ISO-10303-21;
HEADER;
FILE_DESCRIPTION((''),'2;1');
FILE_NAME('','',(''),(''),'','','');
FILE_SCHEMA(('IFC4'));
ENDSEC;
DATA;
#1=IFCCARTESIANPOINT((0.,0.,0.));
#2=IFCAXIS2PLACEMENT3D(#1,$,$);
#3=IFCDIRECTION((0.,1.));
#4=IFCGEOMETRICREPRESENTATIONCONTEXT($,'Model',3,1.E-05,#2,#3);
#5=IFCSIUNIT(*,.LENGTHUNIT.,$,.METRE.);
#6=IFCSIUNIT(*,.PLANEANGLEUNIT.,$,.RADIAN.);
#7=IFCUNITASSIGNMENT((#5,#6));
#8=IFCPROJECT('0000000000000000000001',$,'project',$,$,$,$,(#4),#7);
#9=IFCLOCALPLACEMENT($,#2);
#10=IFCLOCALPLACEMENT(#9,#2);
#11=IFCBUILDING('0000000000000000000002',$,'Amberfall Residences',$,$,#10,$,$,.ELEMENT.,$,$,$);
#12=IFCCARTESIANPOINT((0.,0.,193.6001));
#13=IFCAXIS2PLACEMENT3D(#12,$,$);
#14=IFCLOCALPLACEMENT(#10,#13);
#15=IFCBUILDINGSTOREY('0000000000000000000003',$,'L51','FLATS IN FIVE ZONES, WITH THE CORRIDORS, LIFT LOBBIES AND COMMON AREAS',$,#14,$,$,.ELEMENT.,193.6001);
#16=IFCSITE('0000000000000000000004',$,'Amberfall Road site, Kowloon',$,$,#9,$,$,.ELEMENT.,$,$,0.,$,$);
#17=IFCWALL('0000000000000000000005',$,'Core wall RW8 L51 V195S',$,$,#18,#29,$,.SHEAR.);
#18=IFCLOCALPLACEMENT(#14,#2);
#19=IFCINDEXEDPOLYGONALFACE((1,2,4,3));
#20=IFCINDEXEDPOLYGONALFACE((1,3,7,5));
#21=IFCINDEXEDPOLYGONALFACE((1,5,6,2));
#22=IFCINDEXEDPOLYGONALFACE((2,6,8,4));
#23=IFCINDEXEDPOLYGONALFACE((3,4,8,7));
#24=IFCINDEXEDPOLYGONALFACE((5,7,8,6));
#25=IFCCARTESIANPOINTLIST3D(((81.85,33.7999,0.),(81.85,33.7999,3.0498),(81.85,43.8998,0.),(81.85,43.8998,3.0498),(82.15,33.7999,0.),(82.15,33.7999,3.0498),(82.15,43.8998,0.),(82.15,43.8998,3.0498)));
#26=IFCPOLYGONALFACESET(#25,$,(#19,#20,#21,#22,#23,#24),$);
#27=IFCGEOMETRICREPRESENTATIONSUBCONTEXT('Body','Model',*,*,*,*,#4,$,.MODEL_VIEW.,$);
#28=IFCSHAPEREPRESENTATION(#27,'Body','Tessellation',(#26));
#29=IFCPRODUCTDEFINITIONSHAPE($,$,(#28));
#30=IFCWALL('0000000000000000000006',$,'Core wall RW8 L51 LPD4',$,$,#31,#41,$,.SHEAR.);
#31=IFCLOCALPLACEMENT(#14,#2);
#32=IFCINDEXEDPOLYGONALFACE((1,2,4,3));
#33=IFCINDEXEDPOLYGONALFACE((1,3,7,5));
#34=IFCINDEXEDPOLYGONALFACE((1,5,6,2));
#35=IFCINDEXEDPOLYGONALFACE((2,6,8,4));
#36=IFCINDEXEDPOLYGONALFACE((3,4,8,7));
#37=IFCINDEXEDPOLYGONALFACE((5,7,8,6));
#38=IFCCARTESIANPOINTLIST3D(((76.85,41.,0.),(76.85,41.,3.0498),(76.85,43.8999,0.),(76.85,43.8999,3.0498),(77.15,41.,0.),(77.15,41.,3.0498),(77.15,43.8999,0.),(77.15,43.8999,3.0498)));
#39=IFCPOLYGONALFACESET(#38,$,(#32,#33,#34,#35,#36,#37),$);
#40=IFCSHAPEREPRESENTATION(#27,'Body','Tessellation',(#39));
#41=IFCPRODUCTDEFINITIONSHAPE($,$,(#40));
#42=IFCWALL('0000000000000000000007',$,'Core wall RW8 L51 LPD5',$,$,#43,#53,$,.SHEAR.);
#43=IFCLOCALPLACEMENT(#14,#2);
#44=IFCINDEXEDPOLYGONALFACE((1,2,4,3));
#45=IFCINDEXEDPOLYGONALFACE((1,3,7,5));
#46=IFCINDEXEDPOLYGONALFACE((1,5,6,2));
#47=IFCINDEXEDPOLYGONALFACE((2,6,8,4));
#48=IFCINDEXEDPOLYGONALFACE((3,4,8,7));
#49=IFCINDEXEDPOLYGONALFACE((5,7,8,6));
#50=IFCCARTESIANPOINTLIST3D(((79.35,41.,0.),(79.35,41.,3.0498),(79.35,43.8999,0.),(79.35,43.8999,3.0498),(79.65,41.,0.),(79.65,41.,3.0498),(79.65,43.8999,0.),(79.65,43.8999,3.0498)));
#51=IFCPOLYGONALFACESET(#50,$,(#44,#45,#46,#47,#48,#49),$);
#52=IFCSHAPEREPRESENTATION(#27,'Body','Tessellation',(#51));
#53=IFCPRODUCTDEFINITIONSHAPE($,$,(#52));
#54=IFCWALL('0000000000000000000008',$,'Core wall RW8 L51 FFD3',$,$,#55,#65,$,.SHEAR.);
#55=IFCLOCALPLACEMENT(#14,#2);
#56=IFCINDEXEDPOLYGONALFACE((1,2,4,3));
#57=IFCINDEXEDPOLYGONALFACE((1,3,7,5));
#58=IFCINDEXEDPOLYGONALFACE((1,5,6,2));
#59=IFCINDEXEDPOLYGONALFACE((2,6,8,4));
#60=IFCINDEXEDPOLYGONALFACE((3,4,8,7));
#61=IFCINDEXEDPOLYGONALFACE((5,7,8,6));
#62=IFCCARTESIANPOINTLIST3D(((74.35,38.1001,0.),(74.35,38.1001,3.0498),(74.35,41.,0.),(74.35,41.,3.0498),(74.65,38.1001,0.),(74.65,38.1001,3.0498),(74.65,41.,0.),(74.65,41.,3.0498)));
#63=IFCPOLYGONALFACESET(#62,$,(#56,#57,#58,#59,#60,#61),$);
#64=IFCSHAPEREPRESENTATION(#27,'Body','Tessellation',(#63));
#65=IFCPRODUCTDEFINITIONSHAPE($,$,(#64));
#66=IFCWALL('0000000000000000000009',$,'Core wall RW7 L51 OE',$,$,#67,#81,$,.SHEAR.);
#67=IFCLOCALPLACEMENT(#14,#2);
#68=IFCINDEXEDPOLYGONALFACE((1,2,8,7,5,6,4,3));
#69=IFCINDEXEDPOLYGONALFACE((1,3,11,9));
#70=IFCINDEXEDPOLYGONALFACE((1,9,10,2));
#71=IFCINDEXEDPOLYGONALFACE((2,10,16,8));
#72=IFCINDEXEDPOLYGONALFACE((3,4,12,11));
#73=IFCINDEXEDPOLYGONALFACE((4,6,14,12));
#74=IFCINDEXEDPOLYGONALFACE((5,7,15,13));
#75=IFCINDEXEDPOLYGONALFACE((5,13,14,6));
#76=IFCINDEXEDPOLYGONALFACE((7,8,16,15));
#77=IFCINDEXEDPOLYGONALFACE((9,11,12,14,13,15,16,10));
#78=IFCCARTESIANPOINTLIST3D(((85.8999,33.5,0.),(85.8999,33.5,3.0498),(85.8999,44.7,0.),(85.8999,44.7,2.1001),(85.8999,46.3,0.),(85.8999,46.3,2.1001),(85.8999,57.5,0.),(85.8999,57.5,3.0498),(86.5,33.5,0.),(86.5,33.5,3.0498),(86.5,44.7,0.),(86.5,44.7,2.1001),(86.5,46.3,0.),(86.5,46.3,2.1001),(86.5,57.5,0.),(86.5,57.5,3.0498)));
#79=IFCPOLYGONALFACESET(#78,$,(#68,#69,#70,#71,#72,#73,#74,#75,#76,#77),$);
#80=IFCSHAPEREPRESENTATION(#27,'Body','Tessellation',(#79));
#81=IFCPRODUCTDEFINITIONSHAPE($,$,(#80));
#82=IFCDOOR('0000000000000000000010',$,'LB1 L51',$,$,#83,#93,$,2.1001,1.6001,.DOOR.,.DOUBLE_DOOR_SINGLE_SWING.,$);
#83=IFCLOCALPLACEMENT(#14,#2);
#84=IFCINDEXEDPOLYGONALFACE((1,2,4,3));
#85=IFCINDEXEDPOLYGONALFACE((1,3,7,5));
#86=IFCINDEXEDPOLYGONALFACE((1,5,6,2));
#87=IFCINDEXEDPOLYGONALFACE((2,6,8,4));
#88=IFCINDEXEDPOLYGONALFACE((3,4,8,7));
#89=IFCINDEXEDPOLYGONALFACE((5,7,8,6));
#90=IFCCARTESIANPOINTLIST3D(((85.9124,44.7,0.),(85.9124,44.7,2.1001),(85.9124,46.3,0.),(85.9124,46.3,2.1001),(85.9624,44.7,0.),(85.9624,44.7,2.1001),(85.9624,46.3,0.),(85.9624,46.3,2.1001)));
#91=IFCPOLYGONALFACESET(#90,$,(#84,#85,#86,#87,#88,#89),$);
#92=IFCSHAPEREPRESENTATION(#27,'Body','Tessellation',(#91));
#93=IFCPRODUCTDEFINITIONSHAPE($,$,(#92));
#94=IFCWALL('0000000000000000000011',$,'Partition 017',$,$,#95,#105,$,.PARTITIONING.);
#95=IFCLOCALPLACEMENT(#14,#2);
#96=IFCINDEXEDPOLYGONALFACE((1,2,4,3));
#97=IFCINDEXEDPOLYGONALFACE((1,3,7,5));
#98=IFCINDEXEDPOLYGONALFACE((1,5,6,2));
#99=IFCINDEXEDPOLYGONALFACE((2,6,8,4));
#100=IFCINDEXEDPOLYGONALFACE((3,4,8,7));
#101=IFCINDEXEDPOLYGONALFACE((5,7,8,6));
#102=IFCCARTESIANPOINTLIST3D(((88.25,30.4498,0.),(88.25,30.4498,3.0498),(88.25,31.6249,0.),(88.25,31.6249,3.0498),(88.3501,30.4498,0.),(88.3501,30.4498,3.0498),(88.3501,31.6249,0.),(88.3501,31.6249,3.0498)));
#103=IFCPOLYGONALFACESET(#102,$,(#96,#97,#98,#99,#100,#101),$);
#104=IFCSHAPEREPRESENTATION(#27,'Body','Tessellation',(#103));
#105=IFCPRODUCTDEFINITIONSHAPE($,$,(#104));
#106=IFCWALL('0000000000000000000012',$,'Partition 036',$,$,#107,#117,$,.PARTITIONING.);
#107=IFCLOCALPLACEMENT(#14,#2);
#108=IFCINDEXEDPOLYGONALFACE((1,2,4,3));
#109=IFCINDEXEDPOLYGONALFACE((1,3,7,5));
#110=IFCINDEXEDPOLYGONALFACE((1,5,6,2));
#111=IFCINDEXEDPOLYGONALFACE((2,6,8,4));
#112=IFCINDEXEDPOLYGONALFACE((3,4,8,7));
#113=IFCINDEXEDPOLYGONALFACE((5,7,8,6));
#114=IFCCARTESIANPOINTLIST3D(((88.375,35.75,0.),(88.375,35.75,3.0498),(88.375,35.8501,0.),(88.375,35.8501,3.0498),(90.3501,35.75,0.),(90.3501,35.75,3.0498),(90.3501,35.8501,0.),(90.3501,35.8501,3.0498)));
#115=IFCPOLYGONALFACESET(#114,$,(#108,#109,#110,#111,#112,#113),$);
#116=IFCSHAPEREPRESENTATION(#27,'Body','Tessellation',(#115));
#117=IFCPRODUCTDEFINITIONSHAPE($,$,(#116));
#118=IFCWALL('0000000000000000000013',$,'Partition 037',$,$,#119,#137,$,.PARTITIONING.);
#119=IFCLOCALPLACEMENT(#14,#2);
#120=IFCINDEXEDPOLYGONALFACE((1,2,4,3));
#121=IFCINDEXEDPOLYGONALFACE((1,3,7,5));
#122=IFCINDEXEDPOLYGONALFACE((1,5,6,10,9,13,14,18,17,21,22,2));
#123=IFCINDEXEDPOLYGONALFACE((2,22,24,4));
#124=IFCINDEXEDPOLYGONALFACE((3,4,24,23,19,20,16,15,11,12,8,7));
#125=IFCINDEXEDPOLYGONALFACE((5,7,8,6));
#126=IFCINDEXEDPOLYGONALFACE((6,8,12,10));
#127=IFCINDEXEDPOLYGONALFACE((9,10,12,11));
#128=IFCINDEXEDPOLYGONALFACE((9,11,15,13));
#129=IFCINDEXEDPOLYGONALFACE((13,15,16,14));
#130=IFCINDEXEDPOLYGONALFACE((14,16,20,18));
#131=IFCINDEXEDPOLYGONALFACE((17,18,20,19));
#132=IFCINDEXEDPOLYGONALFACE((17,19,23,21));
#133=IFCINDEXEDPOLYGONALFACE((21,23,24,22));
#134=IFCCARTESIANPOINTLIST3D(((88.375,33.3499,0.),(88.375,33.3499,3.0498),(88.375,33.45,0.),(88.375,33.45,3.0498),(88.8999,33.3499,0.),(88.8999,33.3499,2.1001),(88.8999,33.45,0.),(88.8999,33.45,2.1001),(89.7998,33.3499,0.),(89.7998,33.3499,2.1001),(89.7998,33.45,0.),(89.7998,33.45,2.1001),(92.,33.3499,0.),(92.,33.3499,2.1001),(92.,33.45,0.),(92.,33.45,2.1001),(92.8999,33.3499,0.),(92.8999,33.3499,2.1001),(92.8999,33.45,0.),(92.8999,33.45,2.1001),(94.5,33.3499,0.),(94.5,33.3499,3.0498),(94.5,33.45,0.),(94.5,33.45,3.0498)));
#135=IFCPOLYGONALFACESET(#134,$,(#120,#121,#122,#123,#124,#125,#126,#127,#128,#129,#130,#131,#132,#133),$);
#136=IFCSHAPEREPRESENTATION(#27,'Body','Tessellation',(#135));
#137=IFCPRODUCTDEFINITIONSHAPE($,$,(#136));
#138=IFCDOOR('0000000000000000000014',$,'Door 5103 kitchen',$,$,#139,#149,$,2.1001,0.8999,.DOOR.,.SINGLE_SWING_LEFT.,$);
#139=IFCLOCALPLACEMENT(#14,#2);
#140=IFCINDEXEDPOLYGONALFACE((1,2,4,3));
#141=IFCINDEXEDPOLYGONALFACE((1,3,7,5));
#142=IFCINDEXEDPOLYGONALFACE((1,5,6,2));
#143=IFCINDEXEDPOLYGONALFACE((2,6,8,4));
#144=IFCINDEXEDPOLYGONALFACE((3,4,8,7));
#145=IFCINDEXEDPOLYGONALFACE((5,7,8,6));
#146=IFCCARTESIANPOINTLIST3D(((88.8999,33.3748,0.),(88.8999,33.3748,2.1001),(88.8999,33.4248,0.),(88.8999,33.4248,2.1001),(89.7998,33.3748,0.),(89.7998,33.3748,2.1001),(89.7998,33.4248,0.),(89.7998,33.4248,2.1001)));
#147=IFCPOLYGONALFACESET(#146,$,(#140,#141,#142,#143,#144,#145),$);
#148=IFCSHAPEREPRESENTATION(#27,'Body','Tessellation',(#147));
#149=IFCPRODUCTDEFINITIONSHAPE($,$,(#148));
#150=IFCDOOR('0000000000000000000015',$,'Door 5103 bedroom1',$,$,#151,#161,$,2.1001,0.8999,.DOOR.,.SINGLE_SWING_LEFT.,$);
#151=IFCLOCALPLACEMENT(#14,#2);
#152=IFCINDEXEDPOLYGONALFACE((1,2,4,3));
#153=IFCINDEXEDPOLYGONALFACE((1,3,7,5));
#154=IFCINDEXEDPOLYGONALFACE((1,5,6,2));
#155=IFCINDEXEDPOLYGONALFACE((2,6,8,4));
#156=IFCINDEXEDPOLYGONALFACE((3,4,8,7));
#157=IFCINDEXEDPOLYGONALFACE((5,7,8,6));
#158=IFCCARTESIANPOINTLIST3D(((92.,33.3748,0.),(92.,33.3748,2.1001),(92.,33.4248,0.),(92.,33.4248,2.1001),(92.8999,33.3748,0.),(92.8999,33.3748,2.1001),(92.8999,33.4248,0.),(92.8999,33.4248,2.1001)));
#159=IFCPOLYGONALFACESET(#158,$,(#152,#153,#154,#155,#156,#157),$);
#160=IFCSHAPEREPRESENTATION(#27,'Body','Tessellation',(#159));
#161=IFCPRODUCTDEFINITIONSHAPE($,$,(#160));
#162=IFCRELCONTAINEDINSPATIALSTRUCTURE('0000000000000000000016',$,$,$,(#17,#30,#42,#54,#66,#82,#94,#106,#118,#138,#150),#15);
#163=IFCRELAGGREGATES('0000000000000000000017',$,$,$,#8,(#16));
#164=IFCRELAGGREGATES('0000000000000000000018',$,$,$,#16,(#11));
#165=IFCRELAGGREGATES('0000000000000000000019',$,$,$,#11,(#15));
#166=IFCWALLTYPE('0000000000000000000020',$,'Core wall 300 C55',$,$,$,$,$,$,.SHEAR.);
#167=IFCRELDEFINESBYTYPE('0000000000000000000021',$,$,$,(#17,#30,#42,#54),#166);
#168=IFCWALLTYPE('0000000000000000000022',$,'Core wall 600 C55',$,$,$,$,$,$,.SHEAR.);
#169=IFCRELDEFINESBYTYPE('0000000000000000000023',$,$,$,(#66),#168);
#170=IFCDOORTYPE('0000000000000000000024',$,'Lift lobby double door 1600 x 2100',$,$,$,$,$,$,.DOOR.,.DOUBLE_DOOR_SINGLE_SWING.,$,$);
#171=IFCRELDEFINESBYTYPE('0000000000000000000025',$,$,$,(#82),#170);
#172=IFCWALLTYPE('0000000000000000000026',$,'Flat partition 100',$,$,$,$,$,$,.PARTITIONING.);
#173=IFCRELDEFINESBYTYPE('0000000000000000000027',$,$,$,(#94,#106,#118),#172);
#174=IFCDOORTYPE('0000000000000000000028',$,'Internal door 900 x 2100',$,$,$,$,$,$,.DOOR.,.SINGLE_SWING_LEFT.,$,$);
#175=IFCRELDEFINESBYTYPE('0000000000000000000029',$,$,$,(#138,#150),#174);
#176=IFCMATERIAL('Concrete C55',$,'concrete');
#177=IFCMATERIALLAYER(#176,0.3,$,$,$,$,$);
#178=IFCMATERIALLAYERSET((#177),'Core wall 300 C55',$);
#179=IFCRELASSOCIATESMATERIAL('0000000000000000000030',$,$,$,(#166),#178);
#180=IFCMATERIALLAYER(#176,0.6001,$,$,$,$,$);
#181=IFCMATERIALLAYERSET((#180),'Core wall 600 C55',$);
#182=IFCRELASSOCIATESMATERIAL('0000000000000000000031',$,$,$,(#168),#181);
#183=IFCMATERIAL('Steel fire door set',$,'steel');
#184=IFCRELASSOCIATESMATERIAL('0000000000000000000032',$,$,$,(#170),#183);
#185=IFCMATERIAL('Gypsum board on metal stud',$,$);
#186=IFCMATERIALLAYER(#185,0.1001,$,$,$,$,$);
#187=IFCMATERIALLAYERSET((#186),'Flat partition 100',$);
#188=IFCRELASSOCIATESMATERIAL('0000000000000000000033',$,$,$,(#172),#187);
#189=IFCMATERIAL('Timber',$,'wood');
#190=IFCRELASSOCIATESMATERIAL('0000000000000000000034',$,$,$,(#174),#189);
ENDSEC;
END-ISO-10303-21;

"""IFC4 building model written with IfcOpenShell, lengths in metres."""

from ifc_helpers import new_model, si_unit, direction, frame, frame_2d, origin, place, context, subcontext, project, spatial, rectangle, extrude, material, layer, layer_set, type_object, element, fill, save


model = new_model("IFC4")

# Units and contexts
model_context = context("Model", 3, precision=1e-05, world=origin(), true_north=direction((0.0, 1.0)))
body_context = subcontext(model_context, "Body", "Model", "MODEL_VIEW")
ifc_project = project(units=[si_unit("LENGTHUNIT", "METRE"), si_unit("PLANEANGLEUNIT", "RADIAN")], contexts=[model_context])

# Site, building, storey
site_placement = place(None, origin())
site = spatial("IfcSite", under=ifc_project, at=site_placement, Name="Amberfall Road site, Kowloon", CompositionType="ELEMENT", RefElevation=0.0)
building_placement = place(site_placement, origin())
building = spatial("IfcBuilding", under=site, at=building_placement, Name="Amberfall Residences", CompositionType="ELEMENT")
storey_placement = place(building_placement, frame((0.0, 0.0, 193.6001)))
storey = spatial("IfcBuildingStorey", under=building, at=storey_placement, Name="L51", Description="FLATS IN FIVE ZONES, WITH THE CORRIDORS, LIFT LOBBIES AND COMMON AREAS", CompositionType="ELEMENT", Elevation=193.6001)

# Walls
ifc_material_1 = material(Name="Concrete C55", Category="concrete")
ifc_layer_1 = layer(ifc_material_1, 0.3)
ifc_layer_set_1 = layer_set([ifc_layer_1], Name="Core wall 300 C55")
wall_type_1 = type_object("IfcWallType", Name="Core wall 300 C55", PredefinedType="SHEAR", material=ifc_layer_set_1)
wall_1_placement = place(storey_placement, frame((82.0, 33.8, 0.0), z_axis=(0.0, 0.0, 1.0), x_axis=(0.0, 1.0, 0.0)))
element("IfcWall", 1, at=wall_1_placement, inside=storey, type_object=wall_type_1, Name="Core wall RW8 L51 V195S", PredefinedType="SHEAR", context=body_context, shape_type="SweptSolid", body=[
    extrude(rectangle(XDim=10.0999, YDim=0.3, at=frame_2d((5.0498, 0.0))), origin(), (0.0, 0.0, 1.0), 3.0498),
])
for number, where, z_axis, x_axis, name in (
    (2, (77.0, 41.0, 0.0), (0.0, 0.0, 1.0), (0.0, 1.0, 0.0), "Core wall RW8 L51 LPD4"),
    (3, (79.5, 41.0, 0.0), (0.0, 0.0, 1.0), (0.0, 1.0, 0.0), "Core wall RW8 L51 LPD5"),
    (4, (74.5, 38.1001, 0.0), (0.0, 0.0, 1.0), (0.0, 1.0, 0.0), "Core wall RW8 L51 FFD3"),
):
    element("IfcWall", number, at=place(storey_placement, frame(where, z_axis=z_axis, x_axis=x_axis)), inside=storey, type_object=wall_type_1, Name=name, PredefinedType="SHEAR", context=body_context, shape_type="SweptSolid", body=[
        extrude(rectangle(XDim=2.8999, YDim=0.3, at=frame_2d((1.45, 0.0))), origin(), (0.0, 0.0, 1.0), 3.0498),
    ])

# Wall, opening, door
ifc_layer_2 = layer(ifc_material_1, 0.6001)
ifc_layer_set_2 = layer_set([ifc_layer_2], Name="Core wall 600 C55")
wall_type_2 = type_object("IfcWallType", Name="Core wall 600 C55", PredefinedType="SHEAR", material=ifc_layer_set_2)
wall_2_placement = place(storey_placement, frame((86.2, 33.5, 0.0), z_axis=(0.0, 0.0, 1.0), x_axis=(0.0, 1.0, 0.0)))
wall_2 = element("IfcWall", 5, at=wall_2_placement, inside=storey, type_object=wall_type_2, Name="Core wall RW7 L51 OE", PredefinedType="SHEAR", context=body_context, shape_type="SweptSolid", body=[
    extrude(rectangle(XDim=24.0, YDim=0.6001, at=frame_2d((12.0, 0.0))), origin(), (0.0, 0.0, 1.0), 3.0498),
])
opening_1_placement = place(wall_2_placement, frame((11.2, 0.0, 0.0)))
opening_1 = element("IfcOpeningElement", 6, at=opening_1_placement, cuts=wall_2, PredefinedType="OPENING", context=body_context, shape_type="SweptSolid", body=[
    extrude(rectangle(XDim=1.6001, YDim=2.1001, at=frame_2d((0.8, 1.05))), frame((0.0, 0.3101, 0.0), z_axis=(0.0, -1.0, 0.0), x_axis=(1.0, 0.0, 0.0)), (0.0, 0.0, 1.0), 0.6201),
])
ifc_material_2 = material(Name="Steel fire door set", Category="steel")
door_type_1 = type_object("IfcDoorType", Name="Lift lobby double door 1600 x 2100", OperationType="DOUBLE_DOOR_SINGLE_SWING", PredefinedType="DOOR", material=ifc_material_2)
door_1_placement = place(opening_1_placement, origin())
door_1 = element("IfcDoor", 7, at=door_1_placement, inside=storey, type_object=door_type_1, Name="LB1 L51", OperationType="DOUBLE_DOOR_SINGLE_SWING", OverallHeight=2.1001, OverallWidth=1.6001, PredefinedType="DOOR", context=body_context, shape_type="SweptSolid", body=[
    extrude(rectangle(XDim=1.6001, YDim=2.1001, at=frame_2d((0.8, 1.05))), frame((0.0, 0.2876, 0.0), z_axis=(0.0, -1.0, 0.0), x_axis=(1.0, 0.0, 0.0)), (0.0, 0.0, 1.0), 0.05),
])
fill(opening_1, door_1)

# Walls
ifc_material_3 = material(Name="Gypsum board on metal stud")
ifc_layer_3 = layer(ifc_material_3, 0.1001)
ifc_layer_set_3 = layer_set([ifc_layer_3], Name="Flat partition 100")
wall_type_3 = type_object("IfcWallType", Name="Flat partition 100", PredefinedType="PARTITIONING", material=ifc_layer_set_3)
wall_3_placement = place(storey_placement, frame((88.3, 30.45, 0.0), z_axis=(0.0, 0.0, 1.0), x_axis=(0.0, 1.0, 0.0)))
element("IfcWall", 8, at=wall_3_placement, inside=storey, type_object=wall_type_3, Name="Partition 017", PredefinedType="PARTITIONING", context=body_context, shape_type="SweptSolid", body=[
    extrude(rectangle(XDim=1.175, YDim=0.1001, at=frame_2d((0.5874, 0.0))), origin(), (0.0, 0.0, 1.0), 3.0498),
])
wall_4_placement = place(storey_placement, frame((88.375, 35.8, 0.0), z_axis=(0.0, 0.0, 1.0), x_axis=(1.0, 0.0, 0.0)))
element("IfcWall", 9, at=wall_4_placement, inside=storey, type_object=wall_type_3, Name="Partition 036", PredefinedType="PARTITIONING", context=body_context, shape_type="SweptSolid", body=[
    extrude(rectangle(XDim=1.9751, YDim=0.1001, at=frame_2d((0.9875, 0.0))), origin(), (0.0, 0.0, 1.0), 3.0498),
])

# Wall, openings, doors
wall_5_placement = place(storey_placement, frame((88.375, 33.3999, 0.0), z_axis=(0.0, 0.0, 1.0), x_axis=(1.0, 0.0, 0.0)))
wall_5 = element("IfcWall", 10, at=wall_5_placement, inside=storey, type_object=wall_type_3, Name="Partition 037", PredefinedType="PARTITIONING", context=body_context, shape_type="SweptSolid", body=[
    extrude(rectangle(XDim=6.125, YDim=0.1001, at=frame_2d((3.0625, 0.0))), origin(), (0.0, 0.0, 1.0), 3.0498),
])
opening_2_placement = place(wall_5_placement, frame((0.5249, 0.0, 0.0)))
opening_2 = element("IfcOpeningElement", 11, at=opening_2_placement, cuts=wall_5, PredefinedType="OPENING", context=body_context, shape_type="SweptSolid", body=[
    extrude(rectangle(XDim=0.8999, YDim=2.1001, at=frame_2d((0.45, 1.05))), frame((0.0, 0.0601, 0.0), z_axis=(0.0, -1.0, 0.0), x_axis=(1.0, 0.0, 0.0)), (0.0, 0.0, 1.0), 0.1201),
])
opening_3_placement = place(wall_5_placement, frame((3.625, 0.0, 0.0)))
opening_3 = element("IfcOpeningElement", 12, at=opening_3_placement, cuts=wall_5, PredefinedType="OPENING", context=body_context, shape_type="SweptSolid", body=[
    extrude(rectangle(XDim=0.8999, YDim=2.1001, at=frame_2d((0.45, 1.05))), frame((0.0, 0.0601, 0.0), z_axis=(0.0, -1.0, 0.0), x_axis=(1.0, 0.0, 0.0)), (0.0, 0.0, 1.0), 0.1201),
])
ifc_material_4 = material(Name="Timber", Category="wood")
door_type_2 = type_object("IfcDoorType", Name="Internal door 900 x 2100", OperationType="SINGLE_SWING_LEFT", PredefinedType="DOOR", material=ifc_material_4)
door_2_placement = place(opening_2_placement, origin())
door_2 = element("IfcDoor", 13, at=door_2_placement, inside=storey, type_object=door_type_2, Name="Door 5103 kitchen", OperationType="SINGLE_SWING_LEFT", OverallHeight=2.1001, OverallWidth=0.8999, PredefinedType="DOOR", context=body_context, shape_type="SweptSolid", body=[
    extrude(rectangle(XDim=0.8999, YDim=2.1001, at=frame_2d((0.45, 1.05))), frame((0.0, 0.0249, 0.0), z_axis=(0.0, -1.0, 0.0), x_axis=(1.0, 0.0, 0.0)), (0.0, 0.0, 1.0), 0.05),
])
fill(opening_2, door_2)
door_3_placement = place(opening_3_placement, origin())
door_3 = element("IfcDoor", 14, at=door_3_placement, inside=storey, type_object=door_type_2, Name="Door 5103 bedroom1", OperationType="SINGLE_SWING_LEFT", OverallHeight=2.1001, OverallWidth=0.8999, PredefinedType="DOOR", context=body_context, shape_type="SweptSolid", body=[
    extrude(rectangle(XDim=0.8999, YDim=2.1001, at=frame_2d((0.45, 1.05))), frame((0.0, 0.0249, 0.0), z_axis=(0.0, -1.0, 0.0), x_axis=(1.0, 0.0, 0.0)), (0.0, 0.0, 1.0), 0.05),
])
fill(opening_3, door_3)

save(model, "model.ifc")
